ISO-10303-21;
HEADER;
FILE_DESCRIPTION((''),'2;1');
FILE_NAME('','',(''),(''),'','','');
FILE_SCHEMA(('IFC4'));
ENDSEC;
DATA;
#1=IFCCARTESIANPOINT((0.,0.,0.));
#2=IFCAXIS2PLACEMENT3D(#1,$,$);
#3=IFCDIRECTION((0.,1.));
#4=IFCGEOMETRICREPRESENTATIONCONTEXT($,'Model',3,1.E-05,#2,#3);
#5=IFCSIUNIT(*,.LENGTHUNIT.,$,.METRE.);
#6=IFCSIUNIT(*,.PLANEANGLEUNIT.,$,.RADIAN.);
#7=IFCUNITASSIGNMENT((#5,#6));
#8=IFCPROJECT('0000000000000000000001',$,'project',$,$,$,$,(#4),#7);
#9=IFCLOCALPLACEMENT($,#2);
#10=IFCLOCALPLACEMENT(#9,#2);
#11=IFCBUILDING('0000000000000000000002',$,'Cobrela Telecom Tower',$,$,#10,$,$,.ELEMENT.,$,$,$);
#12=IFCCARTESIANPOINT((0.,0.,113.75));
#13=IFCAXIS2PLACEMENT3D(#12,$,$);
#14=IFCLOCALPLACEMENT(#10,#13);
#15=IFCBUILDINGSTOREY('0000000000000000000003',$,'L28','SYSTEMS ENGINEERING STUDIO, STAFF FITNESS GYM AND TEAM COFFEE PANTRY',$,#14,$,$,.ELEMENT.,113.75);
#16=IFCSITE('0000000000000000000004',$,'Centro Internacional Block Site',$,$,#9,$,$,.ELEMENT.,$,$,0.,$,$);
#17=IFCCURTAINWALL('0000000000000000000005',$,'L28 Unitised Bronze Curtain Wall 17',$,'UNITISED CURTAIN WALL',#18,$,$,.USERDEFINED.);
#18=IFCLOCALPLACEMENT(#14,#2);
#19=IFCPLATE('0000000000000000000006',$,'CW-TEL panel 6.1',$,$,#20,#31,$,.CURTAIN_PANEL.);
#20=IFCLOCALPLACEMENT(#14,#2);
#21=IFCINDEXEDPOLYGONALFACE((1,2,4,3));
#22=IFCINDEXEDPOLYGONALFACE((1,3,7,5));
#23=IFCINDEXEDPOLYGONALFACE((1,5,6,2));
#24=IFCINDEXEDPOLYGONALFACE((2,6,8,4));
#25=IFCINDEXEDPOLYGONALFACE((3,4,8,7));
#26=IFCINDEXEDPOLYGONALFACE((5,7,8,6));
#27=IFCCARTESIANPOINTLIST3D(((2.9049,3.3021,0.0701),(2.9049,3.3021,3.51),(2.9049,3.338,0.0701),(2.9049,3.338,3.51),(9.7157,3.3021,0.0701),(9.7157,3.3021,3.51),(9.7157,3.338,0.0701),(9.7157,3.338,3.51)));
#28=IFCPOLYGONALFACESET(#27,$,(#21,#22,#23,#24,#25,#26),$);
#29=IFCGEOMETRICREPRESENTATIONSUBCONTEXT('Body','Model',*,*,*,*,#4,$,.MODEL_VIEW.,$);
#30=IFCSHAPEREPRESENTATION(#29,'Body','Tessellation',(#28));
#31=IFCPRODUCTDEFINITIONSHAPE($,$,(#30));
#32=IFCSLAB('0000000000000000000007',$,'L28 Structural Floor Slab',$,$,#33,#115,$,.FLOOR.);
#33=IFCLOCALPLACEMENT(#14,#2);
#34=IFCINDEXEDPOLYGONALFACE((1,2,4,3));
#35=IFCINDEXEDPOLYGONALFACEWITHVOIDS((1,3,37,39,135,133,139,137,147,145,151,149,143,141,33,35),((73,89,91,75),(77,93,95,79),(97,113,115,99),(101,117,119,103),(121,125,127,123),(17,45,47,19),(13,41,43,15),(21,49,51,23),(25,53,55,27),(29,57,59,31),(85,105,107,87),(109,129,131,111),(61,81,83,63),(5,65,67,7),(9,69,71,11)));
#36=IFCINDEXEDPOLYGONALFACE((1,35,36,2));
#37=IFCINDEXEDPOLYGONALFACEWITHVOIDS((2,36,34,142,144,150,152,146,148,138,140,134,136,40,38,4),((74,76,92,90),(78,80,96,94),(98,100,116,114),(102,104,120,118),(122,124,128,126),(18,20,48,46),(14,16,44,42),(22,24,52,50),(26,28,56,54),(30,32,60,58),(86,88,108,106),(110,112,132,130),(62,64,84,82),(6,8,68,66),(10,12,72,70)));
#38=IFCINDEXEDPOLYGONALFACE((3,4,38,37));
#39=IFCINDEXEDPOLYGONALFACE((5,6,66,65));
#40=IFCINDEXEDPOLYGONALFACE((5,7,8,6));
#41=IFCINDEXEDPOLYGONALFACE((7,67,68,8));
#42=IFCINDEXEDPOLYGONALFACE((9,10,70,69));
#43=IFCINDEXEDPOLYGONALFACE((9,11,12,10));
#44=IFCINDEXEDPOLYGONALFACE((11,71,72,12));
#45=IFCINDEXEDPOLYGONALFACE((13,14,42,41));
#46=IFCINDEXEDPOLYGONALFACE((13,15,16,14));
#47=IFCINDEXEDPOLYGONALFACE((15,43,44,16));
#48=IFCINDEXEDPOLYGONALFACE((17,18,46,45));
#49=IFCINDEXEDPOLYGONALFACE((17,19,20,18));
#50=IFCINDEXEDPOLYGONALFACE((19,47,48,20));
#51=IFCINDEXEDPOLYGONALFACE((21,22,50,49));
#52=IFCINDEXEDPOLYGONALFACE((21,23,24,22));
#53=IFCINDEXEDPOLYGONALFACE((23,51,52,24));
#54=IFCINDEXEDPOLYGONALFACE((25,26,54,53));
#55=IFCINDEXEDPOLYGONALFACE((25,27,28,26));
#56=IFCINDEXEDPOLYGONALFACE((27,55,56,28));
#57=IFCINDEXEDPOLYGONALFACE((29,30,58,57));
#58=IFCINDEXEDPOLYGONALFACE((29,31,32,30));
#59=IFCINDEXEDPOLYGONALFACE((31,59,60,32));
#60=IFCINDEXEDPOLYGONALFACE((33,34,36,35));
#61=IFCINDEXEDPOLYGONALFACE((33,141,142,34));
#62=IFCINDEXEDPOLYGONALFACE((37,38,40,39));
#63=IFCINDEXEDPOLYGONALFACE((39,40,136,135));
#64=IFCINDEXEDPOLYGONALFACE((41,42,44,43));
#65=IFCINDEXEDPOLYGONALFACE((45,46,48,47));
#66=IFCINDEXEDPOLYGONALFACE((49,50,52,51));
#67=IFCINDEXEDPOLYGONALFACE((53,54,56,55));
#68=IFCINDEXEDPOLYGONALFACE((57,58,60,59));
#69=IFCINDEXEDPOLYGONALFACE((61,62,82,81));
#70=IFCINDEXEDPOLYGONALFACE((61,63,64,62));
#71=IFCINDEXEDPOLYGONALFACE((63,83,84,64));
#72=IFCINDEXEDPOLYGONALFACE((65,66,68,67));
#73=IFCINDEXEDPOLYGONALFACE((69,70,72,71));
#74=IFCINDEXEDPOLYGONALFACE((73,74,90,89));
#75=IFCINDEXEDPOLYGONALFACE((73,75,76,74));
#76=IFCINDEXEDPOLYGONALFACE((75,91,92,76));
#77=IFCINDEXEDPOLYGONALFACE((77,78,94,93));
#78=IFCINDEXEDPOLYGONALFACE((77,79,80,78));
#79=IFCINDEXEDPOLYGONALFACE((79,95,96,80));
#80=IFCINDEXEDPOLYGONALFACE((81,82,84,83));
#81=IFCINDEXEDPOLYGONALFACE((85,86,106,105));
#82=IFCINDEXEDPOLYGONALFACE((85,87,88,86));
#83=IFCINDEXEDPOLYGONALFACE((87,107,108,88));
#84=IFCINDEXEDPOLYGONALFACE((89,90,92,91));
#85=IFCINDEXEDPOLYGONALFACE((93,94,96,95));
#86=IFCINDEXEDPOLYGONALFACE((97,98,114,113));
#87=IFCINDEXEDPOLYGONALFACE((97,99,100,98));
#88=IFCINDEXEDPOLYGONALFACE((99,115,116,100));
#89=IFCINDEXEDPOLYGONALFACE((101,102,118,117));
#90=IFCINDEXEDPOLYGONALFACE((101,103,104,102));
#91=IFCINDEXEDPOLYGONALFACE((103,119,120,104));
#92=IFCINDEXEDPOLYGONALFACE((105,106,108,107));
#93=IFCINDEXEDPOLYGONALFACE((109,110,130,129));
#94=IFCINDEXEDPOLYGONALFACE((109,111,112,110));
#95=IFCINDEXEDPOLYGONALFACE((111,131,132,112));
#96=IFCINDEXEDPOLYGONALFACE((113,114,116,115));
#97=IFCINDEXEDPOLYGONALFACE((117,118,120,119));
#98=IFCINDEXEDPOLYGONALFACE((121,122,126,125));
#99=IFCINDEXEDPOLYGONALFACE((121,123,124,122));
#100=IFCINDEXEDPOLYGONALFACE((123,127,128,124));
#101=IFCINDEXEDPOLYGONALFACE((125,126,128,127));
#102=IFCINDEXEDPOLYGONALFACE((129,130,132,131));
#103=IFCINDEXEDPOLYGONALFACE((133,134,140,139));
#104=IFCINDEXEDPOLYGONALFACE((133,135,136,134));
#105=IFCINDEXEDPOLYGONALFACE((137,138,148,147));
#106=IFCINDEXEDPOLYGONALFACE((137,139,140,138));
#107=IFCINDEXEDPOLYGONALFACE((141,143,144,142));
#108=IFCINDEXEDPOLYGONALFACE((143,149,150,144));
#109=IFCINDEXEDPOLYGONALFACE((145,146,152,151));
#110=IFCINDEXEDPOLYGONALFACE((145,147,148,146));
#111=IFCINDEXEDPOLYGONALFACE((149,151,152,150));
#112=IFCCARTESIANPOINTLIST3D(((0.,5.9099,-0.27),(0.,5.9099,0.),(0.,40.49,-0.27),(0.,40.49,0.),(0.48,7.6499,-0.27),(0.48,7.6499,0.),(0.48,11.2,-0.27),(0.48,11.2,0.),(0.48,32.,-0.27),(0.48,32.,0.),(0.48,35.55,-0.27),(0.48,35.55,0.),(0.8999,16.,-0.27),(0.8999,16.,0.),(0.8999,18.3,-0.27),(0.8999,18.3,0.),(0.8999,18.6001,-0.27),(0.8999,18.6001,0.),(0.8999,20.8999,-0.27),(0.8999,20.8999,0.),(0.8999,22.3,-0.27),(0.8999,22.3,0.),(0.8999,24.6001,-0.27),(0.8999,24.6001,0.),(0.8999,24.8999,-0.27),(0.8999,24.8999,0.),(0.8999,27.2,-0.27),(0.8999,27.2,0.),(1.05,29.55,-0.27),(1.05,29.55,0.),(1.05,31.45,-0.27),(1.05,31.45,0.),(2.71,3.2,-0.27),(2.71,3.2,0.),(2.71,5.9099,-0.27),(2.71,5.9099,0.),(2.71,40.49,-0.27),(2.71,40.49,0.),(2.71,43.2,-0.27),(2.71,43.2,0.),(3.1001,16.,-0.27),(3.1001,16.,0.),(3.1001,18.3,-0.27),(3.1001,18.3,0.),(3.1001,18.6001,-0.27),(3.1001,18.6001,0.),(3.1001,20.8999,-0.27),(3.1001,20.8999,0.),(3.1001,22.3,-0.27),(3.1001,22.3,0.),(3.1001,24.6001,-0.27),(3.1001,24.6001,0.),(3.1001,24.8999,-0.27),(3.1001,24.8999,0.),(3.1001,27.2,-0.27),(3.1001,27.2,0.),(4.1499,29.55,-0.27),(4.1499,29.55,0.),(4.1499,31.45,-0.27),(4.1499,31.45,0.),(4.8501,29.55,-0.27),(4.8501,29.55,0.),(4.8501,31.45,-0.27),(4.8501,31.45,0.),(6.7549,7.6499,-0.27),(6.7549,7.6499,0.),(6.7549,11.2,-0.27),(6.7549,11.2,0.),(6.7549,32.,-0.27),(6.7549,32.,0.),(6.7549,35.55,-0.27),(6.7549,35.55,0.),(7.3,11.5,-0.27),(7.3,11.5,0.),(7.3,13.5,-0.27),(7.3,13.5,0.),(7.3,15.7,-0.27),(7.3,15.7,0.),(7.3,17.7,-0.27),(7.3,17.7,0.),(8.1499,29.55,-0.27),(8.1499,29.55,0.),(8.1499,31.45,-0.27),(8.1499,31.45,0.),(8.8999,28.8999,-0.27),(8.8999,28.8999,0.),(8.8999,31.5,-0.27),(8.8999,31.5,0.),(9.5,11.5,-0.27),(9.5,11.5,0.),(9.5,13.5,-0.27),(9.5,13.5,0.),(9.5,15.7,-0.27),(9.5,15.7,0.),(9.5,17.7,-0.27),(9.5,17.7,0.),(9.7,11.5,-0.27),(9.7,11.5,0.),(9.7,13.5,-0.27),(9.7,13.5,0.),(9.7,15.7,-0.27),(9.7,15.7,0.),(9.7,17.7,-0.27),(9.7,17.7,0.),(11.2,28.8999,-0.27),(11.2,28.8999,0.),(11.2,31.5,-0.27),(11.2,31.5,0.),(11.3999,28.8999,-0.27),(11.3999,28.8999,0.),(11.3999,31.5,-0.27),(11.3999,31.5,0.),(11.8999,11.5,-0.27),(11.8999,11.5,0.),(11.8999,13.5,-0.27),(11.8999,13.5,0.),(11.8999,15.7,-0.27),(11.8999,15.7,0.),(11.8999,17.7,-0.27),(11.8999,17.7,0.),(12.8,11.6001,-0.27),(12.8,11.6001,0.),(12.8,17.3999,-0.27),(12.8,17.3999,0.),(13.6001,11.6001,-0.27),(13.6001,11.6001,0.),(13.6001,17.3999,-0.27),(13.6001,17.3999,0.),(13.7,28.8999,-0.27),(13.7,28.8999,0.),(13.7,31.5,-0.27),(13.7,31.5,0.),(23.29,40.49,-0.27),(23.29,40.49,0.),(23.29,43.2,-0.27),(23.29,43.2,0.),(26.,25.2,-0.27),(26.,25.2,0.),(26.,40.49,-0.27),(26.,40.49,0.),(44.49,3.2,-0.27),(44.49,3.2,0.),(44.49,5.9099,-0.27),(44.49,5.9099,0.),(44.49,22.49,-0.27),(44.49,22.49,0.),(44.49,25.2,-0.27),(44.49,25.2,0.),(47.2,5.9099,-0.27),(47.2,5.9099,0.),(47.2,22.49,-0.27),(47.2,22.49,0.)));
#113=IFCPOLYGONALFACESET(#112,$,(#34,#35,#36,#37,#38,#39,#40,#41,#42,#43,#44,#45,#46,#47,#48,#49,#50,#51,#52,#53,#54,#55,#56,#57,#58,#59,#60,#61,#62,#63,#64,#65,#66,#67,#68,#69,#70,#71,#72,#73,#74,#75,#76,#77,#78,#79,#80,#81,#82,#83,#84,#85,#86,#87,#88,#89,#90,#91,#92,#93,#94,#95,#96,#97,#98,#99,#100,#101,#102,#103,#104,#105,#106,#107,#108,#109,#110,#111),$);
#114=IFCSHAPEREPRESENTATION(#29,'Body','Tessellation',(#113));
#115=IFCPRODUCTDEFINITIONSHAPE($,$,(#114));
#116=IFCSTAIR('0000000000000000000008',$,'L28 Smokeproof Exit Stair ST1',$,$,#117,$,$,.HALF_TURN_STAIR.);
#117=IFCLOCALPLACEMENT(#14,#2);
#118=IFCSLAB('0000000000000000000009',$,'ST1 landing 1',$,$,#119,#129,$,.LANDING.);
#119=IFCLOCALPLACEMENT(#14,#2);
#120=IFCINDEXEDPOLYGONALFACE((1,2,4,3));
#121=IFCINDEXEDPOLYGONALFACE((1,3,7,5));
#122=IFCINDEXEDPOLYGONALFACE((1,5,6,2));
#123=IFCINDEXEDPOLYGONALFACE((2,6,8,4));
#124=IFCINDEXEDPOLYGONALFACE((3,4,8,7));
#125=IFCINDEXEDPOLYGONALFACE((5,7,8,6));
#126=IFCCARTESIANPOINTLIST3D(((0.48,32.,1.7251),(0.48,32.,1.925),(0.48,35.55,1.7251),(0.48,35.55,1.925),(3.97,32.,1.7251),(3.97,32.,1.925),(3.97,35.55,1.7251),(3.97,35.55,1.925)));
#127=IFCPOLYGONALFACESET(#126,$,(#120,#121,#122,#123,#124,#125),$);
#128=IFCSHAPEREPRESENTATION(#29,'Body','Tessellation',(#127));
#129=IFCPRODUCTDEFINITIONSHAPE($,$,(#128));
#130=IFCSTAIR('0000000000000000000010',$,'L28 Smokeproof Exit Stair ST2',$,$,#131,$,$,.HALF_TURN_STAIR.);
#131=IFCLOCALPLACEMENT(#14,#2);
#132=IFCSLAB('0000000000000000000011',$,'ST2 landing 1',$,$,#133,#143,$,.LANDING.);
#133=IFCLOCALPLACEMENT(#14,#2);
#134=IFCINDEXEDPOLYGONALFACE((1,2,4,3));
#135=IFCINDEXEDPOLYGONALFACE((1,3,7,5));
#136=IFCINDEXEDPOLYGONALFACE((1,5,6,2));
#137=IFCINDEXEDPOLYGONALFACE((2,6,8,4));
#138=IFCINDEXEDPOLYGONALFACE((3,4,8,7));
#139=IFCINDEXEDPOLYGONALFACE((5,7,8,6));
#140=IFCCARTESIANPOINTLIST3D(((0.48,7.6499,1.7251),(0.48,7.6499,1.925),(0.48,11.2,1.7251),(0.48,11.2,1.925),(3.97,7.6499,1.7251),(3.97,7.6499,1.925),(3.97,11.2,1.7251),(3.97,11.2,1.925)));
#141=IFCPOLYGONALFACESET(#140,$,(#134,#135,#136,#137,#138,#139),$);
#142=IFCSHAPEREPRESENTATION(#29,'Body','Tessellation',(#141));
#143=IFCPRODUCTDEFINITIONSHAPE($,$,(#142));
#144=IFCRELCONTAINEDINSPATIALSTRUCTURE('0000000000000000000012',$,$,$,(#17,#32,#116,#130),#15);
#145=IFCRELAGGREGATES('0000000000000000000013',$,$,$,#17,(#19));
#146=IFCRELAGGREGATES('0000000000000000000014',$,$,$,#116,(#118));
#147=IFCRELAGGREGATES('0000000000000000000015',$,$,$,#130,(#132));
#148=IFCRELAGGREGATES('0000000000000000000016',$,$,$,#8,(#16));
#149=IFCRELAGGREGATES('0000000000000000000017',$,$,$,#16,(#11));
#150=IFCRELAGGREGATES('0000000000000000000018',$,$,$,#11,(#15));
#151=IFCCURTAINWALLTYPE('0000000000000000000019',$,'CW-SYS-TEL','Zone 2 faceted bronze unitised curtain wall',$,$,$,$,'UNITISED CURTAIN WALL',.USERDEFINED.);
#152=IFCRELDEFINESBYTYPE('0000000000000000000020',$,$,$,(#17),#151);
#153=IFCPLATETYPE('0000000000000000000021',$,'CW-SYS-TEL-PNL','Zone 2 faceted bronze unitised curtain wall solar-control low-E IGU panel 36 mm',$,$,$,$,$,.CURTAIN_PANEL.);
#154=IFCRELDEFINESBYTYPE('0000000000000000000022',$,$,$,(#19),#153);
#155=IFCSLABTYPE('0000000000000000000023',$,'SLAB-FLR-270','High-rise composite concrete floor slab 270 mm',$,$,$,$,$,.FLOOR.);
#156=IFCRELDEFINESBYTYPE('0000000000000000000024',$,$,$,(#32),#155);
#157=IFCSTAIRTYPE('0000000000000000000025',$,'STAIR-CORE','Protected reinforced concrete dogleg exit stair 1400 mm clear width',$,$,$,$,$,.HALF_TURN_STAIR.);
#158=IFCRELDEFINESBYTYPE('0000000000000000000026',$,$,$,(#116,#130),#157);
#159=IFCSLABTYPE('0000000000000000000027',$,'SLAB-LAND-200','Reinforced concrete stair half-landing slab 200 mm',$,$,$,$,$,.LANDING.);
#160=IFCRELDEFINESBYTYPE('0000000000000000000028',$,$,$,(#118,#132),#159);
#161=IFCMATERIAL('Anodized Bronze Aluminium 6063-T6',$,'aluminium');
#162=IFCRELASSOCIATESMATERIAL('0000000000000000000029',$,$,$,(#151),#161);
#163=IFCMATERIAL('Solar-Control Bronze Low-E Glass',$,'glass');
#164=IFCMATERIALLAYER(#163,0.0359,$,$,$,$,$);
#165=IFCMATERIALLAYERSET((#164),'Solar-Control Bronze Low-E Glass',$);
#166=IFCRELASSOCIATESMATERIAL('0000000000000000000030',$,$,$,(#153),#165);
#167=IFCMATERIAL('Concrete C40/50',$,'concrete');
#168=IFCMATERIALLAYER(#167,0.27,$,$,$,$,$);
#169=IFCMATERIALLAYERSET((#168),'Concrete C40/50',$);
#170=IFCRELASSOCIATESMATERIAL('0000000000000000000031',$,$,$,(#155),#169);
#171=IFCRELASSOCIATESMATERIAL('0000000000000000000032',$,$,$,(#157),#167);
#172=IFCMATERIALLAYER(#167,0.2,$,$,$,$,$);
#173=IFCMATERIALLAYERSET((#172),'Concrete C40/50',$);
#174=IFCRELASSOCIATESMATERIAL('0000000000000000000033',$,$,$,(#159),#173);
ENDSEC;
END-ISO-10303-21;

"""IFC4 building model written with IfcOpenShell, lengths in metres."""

from ifc_helpers import new_model, si_unit, direction, frame, origin, origin_2d, place, context, subcontext, project, spatial, polyline, rectangle, outline, extrude, material, layer, layer_set, type_object, element, aggregate, save


model = new_model("IFC4")

# Units and contexts
model_context = context("Model", 3, precision=1e-05, world=origin(), true_north=direction((0.0, 1.0)))
body_context = subcontext(model_context, "Body", "Model", "MODEL_VIEW")
ifc_project = project(units=[si_unit("LENGTHUNIT", "METRE"), si_unit("PLANEANGLEUNIT", "RADIAN")], contexts=[model_context])

# Site, building, storey
site_placement = place(None, origin())
site = spatial("IfcSite", under=ifc_project, at=site_placement, Name="Centro Internacional Block Site", CompositionType="ELEMENT", RefElevation=0.0)
building_placement = place(site_placement, origin())
building = spatial("IfcBuilding", under=site, at=building_placement, Name="Cobrela Telecom Tower", CompositionType="ELEMENT")
storey_placement = place(building_placement, frame((0.0, 0.0, 113.75)))
storey = spatial("IfcBuildingStorey", under=building, at=storey_placement, Name="L28", Description="SYSTEMS ENGINEERING STUDIO, STAFF FITNESS GYM AND TEAM COFFEE PANTRY", CompositionType="ELEMENT", Elevation=113.75)

# Curtain wall, plate
ifc_material_1 = material(Name="Anodized Bronze Aluminium 6063-T6", Category="aluminium")
curtain_wall_type = type_object("IfcCurtainWallType", Name="CW-SYS-TEL", Description="Zone 2 faceted bronze unitised curtain wall", ElementType="UNITISED CURTAIN WALL", PredefinedType="USERDEFINED", material=ifc_material_1)
curtain_wall_placement = place(storey_placement, origin())
curtain_wall = element("IfcCurtainWall", 1, at=curtain_wall_placement, inside=storey, type_object=curtain_wall_type, Name="L28 Unitised Bronze Curtain Wall 17", ObjectType="UNITISED CURTAIN WALL", PredefinedType="USERDEFINED")
ifc_material_2 = material(Name="Solar-Control Bronze Low-E Glass", Category="glass")
ifc_layer_1 = layer(ifc_material_2, 0.0359)
ifc_layer_set_1 = layer_set([ifc_layer_1], Name="Solar-Control Bronze Low-E Glass")
plate_type = type_object("IfcPlateType", Name="CW-SYS-TEL-PNL", Description="Zone 2 faceted bronze unitised curtain wall solar-control low-E IGU panel 36 mm", PredefinedType="CURTAIN_PANEL", material=ifc_layer_set_1)
plate_placement = place(storey_placement, frame((6.3103, 3.3201, 0.0701), z_axis=(0.0, 0.0, 1.0), x_axis=(-1.0, 0.0, 0.0)))
plate = element("IfcPlate", 2, at=plate_placement, type_object=plate_type, Name="CW-TEL panel 6.1", PredefinedType="CURTAIN_PANEL", context=body_context, shape_type="SweptSolid", body=[
    extrude(rectangle(XDim=6.8108, YDim=0.0359, at=origin_2d()), origin(), (0.0, 0.0, 1.0), 3.4399),
])
aggregate(curtain_wall, [plate])

# Slab, openings
ifc_material_3 = material(Name="Concrete C40/50", Category="concrete")
ifc_layer_2 = layer(ifc_material_3, 0.27)
ifc_layer_set_2 = layer_set([ifc_layer_2], Name="Concrete C40/50")
slab_type_1 = type_object("IfcSlabType", Name="SLAB-FLR-270", Description="High-rise composite concrete floor slab 270 mm", PredefinedType="FLOOR", material=ifc_layer_set_2)
slab_1_placement = place(storey_placement, frame((0.0, 0.0, -0.27)))
slab_1 = element("IfcSlab", 3, at=slab_1_placement, inside=storey, type_object=slab_type_1, Name="L28 Structural Floor Slab", PredefinedType="FLOOR", context=body_context, shape_type="SweptSolid", body=[
    extrude(outline(polyline([(2.71, 3.2), (44.49, 3.2), (44.49, 5.9099), (47.2, 5.9099), (47.2, 22.49), (44.49, 22.49), (44.49, 25.2), (26.0, 25.2), (26.0, 40.49), (23.29, 40.49), (23.29, 43.2), (2.71, 43.2), (2.71, 40.49), (0.0, 40.49), (0.0, 5.9099), (2.71, 5.9099), (2.71, 3.2)])), origin(), (0.0, 0.0, 1.0), 0.27),
])
opening_1_placement = place(slab_1_placement, frame((0.0, 0.0, -0.02)))
element("IfcOpeningElement", 4, at=opening_1_placement, cuts=slab_1, PredefinedType="OPENING", context=body_context, shape_type="SweptSolid", body=[
    extrude(outline(polyline([(8.8999, 28.8999), (11.2, 28.8999), (11.2, 31.5), (8.8999, 31.5), (8.8999, 28.8999)])), origin(), (0.0, 0.0, 1.0), 0.3101),
])
opening_2_placement = place(slab_1_placement, frame((0.0, 0.0, -0.02)))
element("IfcOpeningElement", 5, at=opening_2_placement, cuts=slab_1, PredefinedType="OPENING", context=body_context, shape_type="SweptSolid", body=[
    extrude(outline(polyline([(11.3999, 28.8999), (13.7, 28.8999), (13.7, 31.5), (11.3999, 31.5), (11.3999, 28.8999)])), origin(), (0.0, 0.0, 1.0), 0.3101),
])
opening_3_placement = place(slab_1_placement, frame((0.0, 0.0, -0.02)))
element("IfcOpeningElement", 6, at=opening_3_placement, cuts=slab_1, PredefinedType="OPENING", context=body_context, shape_type="SweptSolid", body=[
    extrude(outline(polyline([(7.3, 15.7), (9.5, 15.7), (9.5, 17.7), (7.3, 17.7), (7.3, 15.7)])), origin(), (0.0, 0.0, 1.0), 0.3101),
])
opening_4_placement = place(slab_1_placement, frame((0.0, 0.0, -0.02)))
element("IfcOpeningElement", 7, at=opening_4_placement, cuts=slab_1, PredefinedType="OPENING", context=body_context, shape_type="SweptSolid", body=[
    extrude(outline(polyline([(9.7, 15.7), (11.8999, 15.7), (11.8999, 17.7), (9.7, 17.7), (9.7, 15.7)])), origin(), (0.0, 0.0, 1.0), 0.3101),
])
opening_5_placement = place(slab_1_placement, frame((0.0, 0.0, -0.02)))
element("IfcOpeningElement", 8, at=opening_5_placement, cuts=slab_1, PredefinedType="OPENING", context=body_context, shape_type="SweptSolid", body=[
    extrude(outline(polyline([(7.3, 11.5), (9.5, 11.5), (9.5, 13.5), (7.3, 13.5), (7.3, 11.5)])), origin(), (0.0, 0.0, 1.0), 0.3101),
])
opening_6_placement = place(slab_1_placement, frame((0.0, 0.0, -0.02)))
element("IfcOpeningElement", 9, at=opening_6_placement, cuts=slab_1, PredefinedType="OPENING", context=body_context, shape_type="SweptSolid", body=[
    extrude(outline(polyline([(9.7, 11.5), (11.8999, 11.5), (11.8999, 13.5), (9.7, 13.5), (9.7, 11.5)])), origin(), (0.0, 0.0, 1.0), 0.3101),
])
opening_7_placement = place(slab_1_placement, frame((0.0, 0.0, -0.02)))
element("IfcOpeningElement", 10, at=opening_7_placement, cuts=slab_1, PredefinedType="OPENING", context=body_context, shape_type="SweptSolid", body=[
    extrude(outline(polyline([(0.8999, 16.0), (3.1001, 16.0), (3.1001, 18.3), (0.8999, 18.3), (0.8999, 16.0)])), origin(), (0.0, 0.0, 1.0), 0.3101),
])
opening_8_placement = place(slab_1_placement, frame((0.0, 0.0, -0.02)))
element("IfcOpeningElement", 11, at=opening_8_placement, cuts=slab_1, PredefinedType="OPENING", context=body_context, shape_type="SweptSolid", body=[
    extrude(outline(polyline([(0.8999, 18.6001), (3.1001, 18.6001), (3.1001, 20.8999), (0.8999, 20.8999), (0.8999, 18.6001)])), origin(), (0.0, 0.0, 1.0), 0.3101),
])
opening_9_placement = place(slab_1_placement, frame((0.0, 0.0, -0.02)))
element("IfcOpeningElement", 12, at=opening_9_placement, cuts=slab_1, PredefinedType="OPENING", context=body_context, shape_type="SweptSolid", body=[
    extrude(outline(polyline([(0.8999, 22.3), (3.1001, 22.3), (3.1001, 24.6001), (0.8999, 24.6001), (0.8999, 22.3)])), origin(), (0.0, 0.0, 1.0), 0.3101),
])
opening_10_placement = place(slab_1_placement, frame((0.0, 0.0, -0.02)))
element("IfcOpeningElement", 13, at=opening_10_placement, cuts=slab_1, PredefinedType="OPENING", context=body_context, shape_type="SweptSolid", body=[
    extrude(outline(polyline([(0.8999, 24.8999), (3.1001, 24.8999), (3.1001, 27.2), (0.8999, 27.2), (0.8999, 24.8999)])), origin(), (0.0, 0.0, 1.0), 0.3101),
])
opening_11_placement = place(slab_1_placement, frame((0.0, 0.0, -0.02)))
element("IfcOpeningElement", 14, at=opening_11_placement, cuts=slab_1, PredefinedType="OPENING", context=body_context, shape_type="SweptSolid", body=[
    extrude(outline(polyline([(1.05, 29.55), (4.1499, 29.55), (4.1499, 31.45), (1.05, 31.45), (1.05, 29.55)])), origin(), (0.0, 0.0, 1.0), 0.3101),
])
opening_12_placement = place(slab_1_placement, frame((0.0, 0.0, -0.02)))
element("IfcOpeningElement", 15, at=opening_12_placement, cuts=slab_1, PredefinedType="OPENING", context=body_context, shape_type="SweptSolid", body=[
    extrude(outline(polyline([(4.8501, 29.55), (8.1499, 29.55), (8.1499, 31.45), (4.8501, 31.45), (4.8501, 29.55)])), origin(), (0.0, 0.0, 1.0), 0.3101),
])
opening_13_placement = place(slab_1_placement, frame((0.0, 0.0, -0.02)))
element("IfcOpeningElement", 16, at=opening_13_placement, cuts=slab_1, PredefinedType="OPENING", context=body_context, shape_type="SweptSolid", body=[
    extrude(outline(polyline([(12.8, 11.6001), (13.6001, 11.6001), (13.6001, 17.3999), (12.8, 17.3999), (12.8, 11.6001)])), origin(), (0.0, 0.0, 1.0), 0.3101),
])
opening_14_placement = place(slab_1_placement, frame((0.0, 0.0, -0.02)))
element("IfcOpeningElement", 17, at=opening_14_placement, cuts=slab_1, PredefinedType="OPENING", context=body_context, shape_type="SweptSolid", body=[
    extrude(outline(polyline([(6.7549, 35.55), (0.48, 35.55), (0.48, 32.0), (6.7549, 32.0), (6.7549, 35.55)])), origin(), (0.0, 0.0, 1.0), 0.3101),
])
opening_15_placement = place(slab_1_placement, frame((0.0, 0.0, -0.02)))
element("IfcOpeningElement", 18, at=opening_15_placement, cuts=slab_1, PredefinedType="OPENING", context=body_context, shape_type="SweptSolid", body=[
    extrude(outline(polyline([(6.7549, 11.2), (0.48, 11.2), (0.48, 7.6499), (6.7549, 7.6499), (6.7549, 11.2)])), origin(), (0.0, 0.0, 1.0), 0.3101),
])

# Stairs, slabs
stair_type = type_object("IfcStairType", Name="STAIR-CORE", Description="Protected reinforced concrete dogleg exit stair 1400 mm clear width", PredefinedType="HALF_TURN_STAIR", material=ifc_material_3)
stair_1_placement = place(storey_placement, origin())
stair_1 = element("IfcStair", 19, at=stair_1_placement, inside=storey, type_object=stair_type, Name="L28 Smokeproof Exit Stair ST1", PredefinedType="HALF_TURN_STAIR")
ifc_layer_3 = layer(ifc_material_3, 0.2)
ifc_layer_set_3 = layer_set([ifc_layer_3], Name="Concrete C40/50")
slab_type_2 = type_object("IfcSlabType", Name="SLAB-LAND-200", Description="Reinforced concrete stair half-landing slab 200 mm", PredefinedType="LANDING", material=ifc_layer_set_3)
slab_2_placement = place(storey_placement, frame((0.0, 0.0, 1.7251)))
slab_2 = element("IfcSlab", 20, at=slab_2_placement, type_object=slab_type_2, Name="ST1 landing 1", PredefinedType="LANDING", context=body_context, shape_type="SweptSolid", body=[
    extrude(outline(polyline([(3.97, 35.55), (0.48, 35.55), (0.48, 32.0), (3.97, 32.0), (3.97, 35.55)])), origin(), (0.0, 0.0, 1.0), 0.2),
])
aggregate(stair_1, [slab_2])
stair_2_placement = place(storey_placement, origin())
stair_2 = element("IfcStair", 21, at=stair_2_placement, inside=storey, type_object=stair_type, Name="L28 Smokeproof Exit Stair ST2", PredefinedType="HALF_TURN_STAIR")
slab_3_placement = place(storey_placement, frame((0.0, 0.0, 1.7251)))
slab_3 = element("IfcSlab", 22, at=slab_3_placement, type_object=slab_type_2, Name="ST2 landing 1", PredefinedType="LANDING", context=body_context, shape_type="SweptSolid", body=[
    extrude(outline(polyline([(3.97, 11.2), (0.48, 11.2), (0.48, 7.6499), (3.97, 7.6499), (3.97, 11.2)])), origin(), (0.0, 0.0, 1.0), 0.2),
])

aggregate(stair_2, [slab_3])

save(model, "model.ifc")
